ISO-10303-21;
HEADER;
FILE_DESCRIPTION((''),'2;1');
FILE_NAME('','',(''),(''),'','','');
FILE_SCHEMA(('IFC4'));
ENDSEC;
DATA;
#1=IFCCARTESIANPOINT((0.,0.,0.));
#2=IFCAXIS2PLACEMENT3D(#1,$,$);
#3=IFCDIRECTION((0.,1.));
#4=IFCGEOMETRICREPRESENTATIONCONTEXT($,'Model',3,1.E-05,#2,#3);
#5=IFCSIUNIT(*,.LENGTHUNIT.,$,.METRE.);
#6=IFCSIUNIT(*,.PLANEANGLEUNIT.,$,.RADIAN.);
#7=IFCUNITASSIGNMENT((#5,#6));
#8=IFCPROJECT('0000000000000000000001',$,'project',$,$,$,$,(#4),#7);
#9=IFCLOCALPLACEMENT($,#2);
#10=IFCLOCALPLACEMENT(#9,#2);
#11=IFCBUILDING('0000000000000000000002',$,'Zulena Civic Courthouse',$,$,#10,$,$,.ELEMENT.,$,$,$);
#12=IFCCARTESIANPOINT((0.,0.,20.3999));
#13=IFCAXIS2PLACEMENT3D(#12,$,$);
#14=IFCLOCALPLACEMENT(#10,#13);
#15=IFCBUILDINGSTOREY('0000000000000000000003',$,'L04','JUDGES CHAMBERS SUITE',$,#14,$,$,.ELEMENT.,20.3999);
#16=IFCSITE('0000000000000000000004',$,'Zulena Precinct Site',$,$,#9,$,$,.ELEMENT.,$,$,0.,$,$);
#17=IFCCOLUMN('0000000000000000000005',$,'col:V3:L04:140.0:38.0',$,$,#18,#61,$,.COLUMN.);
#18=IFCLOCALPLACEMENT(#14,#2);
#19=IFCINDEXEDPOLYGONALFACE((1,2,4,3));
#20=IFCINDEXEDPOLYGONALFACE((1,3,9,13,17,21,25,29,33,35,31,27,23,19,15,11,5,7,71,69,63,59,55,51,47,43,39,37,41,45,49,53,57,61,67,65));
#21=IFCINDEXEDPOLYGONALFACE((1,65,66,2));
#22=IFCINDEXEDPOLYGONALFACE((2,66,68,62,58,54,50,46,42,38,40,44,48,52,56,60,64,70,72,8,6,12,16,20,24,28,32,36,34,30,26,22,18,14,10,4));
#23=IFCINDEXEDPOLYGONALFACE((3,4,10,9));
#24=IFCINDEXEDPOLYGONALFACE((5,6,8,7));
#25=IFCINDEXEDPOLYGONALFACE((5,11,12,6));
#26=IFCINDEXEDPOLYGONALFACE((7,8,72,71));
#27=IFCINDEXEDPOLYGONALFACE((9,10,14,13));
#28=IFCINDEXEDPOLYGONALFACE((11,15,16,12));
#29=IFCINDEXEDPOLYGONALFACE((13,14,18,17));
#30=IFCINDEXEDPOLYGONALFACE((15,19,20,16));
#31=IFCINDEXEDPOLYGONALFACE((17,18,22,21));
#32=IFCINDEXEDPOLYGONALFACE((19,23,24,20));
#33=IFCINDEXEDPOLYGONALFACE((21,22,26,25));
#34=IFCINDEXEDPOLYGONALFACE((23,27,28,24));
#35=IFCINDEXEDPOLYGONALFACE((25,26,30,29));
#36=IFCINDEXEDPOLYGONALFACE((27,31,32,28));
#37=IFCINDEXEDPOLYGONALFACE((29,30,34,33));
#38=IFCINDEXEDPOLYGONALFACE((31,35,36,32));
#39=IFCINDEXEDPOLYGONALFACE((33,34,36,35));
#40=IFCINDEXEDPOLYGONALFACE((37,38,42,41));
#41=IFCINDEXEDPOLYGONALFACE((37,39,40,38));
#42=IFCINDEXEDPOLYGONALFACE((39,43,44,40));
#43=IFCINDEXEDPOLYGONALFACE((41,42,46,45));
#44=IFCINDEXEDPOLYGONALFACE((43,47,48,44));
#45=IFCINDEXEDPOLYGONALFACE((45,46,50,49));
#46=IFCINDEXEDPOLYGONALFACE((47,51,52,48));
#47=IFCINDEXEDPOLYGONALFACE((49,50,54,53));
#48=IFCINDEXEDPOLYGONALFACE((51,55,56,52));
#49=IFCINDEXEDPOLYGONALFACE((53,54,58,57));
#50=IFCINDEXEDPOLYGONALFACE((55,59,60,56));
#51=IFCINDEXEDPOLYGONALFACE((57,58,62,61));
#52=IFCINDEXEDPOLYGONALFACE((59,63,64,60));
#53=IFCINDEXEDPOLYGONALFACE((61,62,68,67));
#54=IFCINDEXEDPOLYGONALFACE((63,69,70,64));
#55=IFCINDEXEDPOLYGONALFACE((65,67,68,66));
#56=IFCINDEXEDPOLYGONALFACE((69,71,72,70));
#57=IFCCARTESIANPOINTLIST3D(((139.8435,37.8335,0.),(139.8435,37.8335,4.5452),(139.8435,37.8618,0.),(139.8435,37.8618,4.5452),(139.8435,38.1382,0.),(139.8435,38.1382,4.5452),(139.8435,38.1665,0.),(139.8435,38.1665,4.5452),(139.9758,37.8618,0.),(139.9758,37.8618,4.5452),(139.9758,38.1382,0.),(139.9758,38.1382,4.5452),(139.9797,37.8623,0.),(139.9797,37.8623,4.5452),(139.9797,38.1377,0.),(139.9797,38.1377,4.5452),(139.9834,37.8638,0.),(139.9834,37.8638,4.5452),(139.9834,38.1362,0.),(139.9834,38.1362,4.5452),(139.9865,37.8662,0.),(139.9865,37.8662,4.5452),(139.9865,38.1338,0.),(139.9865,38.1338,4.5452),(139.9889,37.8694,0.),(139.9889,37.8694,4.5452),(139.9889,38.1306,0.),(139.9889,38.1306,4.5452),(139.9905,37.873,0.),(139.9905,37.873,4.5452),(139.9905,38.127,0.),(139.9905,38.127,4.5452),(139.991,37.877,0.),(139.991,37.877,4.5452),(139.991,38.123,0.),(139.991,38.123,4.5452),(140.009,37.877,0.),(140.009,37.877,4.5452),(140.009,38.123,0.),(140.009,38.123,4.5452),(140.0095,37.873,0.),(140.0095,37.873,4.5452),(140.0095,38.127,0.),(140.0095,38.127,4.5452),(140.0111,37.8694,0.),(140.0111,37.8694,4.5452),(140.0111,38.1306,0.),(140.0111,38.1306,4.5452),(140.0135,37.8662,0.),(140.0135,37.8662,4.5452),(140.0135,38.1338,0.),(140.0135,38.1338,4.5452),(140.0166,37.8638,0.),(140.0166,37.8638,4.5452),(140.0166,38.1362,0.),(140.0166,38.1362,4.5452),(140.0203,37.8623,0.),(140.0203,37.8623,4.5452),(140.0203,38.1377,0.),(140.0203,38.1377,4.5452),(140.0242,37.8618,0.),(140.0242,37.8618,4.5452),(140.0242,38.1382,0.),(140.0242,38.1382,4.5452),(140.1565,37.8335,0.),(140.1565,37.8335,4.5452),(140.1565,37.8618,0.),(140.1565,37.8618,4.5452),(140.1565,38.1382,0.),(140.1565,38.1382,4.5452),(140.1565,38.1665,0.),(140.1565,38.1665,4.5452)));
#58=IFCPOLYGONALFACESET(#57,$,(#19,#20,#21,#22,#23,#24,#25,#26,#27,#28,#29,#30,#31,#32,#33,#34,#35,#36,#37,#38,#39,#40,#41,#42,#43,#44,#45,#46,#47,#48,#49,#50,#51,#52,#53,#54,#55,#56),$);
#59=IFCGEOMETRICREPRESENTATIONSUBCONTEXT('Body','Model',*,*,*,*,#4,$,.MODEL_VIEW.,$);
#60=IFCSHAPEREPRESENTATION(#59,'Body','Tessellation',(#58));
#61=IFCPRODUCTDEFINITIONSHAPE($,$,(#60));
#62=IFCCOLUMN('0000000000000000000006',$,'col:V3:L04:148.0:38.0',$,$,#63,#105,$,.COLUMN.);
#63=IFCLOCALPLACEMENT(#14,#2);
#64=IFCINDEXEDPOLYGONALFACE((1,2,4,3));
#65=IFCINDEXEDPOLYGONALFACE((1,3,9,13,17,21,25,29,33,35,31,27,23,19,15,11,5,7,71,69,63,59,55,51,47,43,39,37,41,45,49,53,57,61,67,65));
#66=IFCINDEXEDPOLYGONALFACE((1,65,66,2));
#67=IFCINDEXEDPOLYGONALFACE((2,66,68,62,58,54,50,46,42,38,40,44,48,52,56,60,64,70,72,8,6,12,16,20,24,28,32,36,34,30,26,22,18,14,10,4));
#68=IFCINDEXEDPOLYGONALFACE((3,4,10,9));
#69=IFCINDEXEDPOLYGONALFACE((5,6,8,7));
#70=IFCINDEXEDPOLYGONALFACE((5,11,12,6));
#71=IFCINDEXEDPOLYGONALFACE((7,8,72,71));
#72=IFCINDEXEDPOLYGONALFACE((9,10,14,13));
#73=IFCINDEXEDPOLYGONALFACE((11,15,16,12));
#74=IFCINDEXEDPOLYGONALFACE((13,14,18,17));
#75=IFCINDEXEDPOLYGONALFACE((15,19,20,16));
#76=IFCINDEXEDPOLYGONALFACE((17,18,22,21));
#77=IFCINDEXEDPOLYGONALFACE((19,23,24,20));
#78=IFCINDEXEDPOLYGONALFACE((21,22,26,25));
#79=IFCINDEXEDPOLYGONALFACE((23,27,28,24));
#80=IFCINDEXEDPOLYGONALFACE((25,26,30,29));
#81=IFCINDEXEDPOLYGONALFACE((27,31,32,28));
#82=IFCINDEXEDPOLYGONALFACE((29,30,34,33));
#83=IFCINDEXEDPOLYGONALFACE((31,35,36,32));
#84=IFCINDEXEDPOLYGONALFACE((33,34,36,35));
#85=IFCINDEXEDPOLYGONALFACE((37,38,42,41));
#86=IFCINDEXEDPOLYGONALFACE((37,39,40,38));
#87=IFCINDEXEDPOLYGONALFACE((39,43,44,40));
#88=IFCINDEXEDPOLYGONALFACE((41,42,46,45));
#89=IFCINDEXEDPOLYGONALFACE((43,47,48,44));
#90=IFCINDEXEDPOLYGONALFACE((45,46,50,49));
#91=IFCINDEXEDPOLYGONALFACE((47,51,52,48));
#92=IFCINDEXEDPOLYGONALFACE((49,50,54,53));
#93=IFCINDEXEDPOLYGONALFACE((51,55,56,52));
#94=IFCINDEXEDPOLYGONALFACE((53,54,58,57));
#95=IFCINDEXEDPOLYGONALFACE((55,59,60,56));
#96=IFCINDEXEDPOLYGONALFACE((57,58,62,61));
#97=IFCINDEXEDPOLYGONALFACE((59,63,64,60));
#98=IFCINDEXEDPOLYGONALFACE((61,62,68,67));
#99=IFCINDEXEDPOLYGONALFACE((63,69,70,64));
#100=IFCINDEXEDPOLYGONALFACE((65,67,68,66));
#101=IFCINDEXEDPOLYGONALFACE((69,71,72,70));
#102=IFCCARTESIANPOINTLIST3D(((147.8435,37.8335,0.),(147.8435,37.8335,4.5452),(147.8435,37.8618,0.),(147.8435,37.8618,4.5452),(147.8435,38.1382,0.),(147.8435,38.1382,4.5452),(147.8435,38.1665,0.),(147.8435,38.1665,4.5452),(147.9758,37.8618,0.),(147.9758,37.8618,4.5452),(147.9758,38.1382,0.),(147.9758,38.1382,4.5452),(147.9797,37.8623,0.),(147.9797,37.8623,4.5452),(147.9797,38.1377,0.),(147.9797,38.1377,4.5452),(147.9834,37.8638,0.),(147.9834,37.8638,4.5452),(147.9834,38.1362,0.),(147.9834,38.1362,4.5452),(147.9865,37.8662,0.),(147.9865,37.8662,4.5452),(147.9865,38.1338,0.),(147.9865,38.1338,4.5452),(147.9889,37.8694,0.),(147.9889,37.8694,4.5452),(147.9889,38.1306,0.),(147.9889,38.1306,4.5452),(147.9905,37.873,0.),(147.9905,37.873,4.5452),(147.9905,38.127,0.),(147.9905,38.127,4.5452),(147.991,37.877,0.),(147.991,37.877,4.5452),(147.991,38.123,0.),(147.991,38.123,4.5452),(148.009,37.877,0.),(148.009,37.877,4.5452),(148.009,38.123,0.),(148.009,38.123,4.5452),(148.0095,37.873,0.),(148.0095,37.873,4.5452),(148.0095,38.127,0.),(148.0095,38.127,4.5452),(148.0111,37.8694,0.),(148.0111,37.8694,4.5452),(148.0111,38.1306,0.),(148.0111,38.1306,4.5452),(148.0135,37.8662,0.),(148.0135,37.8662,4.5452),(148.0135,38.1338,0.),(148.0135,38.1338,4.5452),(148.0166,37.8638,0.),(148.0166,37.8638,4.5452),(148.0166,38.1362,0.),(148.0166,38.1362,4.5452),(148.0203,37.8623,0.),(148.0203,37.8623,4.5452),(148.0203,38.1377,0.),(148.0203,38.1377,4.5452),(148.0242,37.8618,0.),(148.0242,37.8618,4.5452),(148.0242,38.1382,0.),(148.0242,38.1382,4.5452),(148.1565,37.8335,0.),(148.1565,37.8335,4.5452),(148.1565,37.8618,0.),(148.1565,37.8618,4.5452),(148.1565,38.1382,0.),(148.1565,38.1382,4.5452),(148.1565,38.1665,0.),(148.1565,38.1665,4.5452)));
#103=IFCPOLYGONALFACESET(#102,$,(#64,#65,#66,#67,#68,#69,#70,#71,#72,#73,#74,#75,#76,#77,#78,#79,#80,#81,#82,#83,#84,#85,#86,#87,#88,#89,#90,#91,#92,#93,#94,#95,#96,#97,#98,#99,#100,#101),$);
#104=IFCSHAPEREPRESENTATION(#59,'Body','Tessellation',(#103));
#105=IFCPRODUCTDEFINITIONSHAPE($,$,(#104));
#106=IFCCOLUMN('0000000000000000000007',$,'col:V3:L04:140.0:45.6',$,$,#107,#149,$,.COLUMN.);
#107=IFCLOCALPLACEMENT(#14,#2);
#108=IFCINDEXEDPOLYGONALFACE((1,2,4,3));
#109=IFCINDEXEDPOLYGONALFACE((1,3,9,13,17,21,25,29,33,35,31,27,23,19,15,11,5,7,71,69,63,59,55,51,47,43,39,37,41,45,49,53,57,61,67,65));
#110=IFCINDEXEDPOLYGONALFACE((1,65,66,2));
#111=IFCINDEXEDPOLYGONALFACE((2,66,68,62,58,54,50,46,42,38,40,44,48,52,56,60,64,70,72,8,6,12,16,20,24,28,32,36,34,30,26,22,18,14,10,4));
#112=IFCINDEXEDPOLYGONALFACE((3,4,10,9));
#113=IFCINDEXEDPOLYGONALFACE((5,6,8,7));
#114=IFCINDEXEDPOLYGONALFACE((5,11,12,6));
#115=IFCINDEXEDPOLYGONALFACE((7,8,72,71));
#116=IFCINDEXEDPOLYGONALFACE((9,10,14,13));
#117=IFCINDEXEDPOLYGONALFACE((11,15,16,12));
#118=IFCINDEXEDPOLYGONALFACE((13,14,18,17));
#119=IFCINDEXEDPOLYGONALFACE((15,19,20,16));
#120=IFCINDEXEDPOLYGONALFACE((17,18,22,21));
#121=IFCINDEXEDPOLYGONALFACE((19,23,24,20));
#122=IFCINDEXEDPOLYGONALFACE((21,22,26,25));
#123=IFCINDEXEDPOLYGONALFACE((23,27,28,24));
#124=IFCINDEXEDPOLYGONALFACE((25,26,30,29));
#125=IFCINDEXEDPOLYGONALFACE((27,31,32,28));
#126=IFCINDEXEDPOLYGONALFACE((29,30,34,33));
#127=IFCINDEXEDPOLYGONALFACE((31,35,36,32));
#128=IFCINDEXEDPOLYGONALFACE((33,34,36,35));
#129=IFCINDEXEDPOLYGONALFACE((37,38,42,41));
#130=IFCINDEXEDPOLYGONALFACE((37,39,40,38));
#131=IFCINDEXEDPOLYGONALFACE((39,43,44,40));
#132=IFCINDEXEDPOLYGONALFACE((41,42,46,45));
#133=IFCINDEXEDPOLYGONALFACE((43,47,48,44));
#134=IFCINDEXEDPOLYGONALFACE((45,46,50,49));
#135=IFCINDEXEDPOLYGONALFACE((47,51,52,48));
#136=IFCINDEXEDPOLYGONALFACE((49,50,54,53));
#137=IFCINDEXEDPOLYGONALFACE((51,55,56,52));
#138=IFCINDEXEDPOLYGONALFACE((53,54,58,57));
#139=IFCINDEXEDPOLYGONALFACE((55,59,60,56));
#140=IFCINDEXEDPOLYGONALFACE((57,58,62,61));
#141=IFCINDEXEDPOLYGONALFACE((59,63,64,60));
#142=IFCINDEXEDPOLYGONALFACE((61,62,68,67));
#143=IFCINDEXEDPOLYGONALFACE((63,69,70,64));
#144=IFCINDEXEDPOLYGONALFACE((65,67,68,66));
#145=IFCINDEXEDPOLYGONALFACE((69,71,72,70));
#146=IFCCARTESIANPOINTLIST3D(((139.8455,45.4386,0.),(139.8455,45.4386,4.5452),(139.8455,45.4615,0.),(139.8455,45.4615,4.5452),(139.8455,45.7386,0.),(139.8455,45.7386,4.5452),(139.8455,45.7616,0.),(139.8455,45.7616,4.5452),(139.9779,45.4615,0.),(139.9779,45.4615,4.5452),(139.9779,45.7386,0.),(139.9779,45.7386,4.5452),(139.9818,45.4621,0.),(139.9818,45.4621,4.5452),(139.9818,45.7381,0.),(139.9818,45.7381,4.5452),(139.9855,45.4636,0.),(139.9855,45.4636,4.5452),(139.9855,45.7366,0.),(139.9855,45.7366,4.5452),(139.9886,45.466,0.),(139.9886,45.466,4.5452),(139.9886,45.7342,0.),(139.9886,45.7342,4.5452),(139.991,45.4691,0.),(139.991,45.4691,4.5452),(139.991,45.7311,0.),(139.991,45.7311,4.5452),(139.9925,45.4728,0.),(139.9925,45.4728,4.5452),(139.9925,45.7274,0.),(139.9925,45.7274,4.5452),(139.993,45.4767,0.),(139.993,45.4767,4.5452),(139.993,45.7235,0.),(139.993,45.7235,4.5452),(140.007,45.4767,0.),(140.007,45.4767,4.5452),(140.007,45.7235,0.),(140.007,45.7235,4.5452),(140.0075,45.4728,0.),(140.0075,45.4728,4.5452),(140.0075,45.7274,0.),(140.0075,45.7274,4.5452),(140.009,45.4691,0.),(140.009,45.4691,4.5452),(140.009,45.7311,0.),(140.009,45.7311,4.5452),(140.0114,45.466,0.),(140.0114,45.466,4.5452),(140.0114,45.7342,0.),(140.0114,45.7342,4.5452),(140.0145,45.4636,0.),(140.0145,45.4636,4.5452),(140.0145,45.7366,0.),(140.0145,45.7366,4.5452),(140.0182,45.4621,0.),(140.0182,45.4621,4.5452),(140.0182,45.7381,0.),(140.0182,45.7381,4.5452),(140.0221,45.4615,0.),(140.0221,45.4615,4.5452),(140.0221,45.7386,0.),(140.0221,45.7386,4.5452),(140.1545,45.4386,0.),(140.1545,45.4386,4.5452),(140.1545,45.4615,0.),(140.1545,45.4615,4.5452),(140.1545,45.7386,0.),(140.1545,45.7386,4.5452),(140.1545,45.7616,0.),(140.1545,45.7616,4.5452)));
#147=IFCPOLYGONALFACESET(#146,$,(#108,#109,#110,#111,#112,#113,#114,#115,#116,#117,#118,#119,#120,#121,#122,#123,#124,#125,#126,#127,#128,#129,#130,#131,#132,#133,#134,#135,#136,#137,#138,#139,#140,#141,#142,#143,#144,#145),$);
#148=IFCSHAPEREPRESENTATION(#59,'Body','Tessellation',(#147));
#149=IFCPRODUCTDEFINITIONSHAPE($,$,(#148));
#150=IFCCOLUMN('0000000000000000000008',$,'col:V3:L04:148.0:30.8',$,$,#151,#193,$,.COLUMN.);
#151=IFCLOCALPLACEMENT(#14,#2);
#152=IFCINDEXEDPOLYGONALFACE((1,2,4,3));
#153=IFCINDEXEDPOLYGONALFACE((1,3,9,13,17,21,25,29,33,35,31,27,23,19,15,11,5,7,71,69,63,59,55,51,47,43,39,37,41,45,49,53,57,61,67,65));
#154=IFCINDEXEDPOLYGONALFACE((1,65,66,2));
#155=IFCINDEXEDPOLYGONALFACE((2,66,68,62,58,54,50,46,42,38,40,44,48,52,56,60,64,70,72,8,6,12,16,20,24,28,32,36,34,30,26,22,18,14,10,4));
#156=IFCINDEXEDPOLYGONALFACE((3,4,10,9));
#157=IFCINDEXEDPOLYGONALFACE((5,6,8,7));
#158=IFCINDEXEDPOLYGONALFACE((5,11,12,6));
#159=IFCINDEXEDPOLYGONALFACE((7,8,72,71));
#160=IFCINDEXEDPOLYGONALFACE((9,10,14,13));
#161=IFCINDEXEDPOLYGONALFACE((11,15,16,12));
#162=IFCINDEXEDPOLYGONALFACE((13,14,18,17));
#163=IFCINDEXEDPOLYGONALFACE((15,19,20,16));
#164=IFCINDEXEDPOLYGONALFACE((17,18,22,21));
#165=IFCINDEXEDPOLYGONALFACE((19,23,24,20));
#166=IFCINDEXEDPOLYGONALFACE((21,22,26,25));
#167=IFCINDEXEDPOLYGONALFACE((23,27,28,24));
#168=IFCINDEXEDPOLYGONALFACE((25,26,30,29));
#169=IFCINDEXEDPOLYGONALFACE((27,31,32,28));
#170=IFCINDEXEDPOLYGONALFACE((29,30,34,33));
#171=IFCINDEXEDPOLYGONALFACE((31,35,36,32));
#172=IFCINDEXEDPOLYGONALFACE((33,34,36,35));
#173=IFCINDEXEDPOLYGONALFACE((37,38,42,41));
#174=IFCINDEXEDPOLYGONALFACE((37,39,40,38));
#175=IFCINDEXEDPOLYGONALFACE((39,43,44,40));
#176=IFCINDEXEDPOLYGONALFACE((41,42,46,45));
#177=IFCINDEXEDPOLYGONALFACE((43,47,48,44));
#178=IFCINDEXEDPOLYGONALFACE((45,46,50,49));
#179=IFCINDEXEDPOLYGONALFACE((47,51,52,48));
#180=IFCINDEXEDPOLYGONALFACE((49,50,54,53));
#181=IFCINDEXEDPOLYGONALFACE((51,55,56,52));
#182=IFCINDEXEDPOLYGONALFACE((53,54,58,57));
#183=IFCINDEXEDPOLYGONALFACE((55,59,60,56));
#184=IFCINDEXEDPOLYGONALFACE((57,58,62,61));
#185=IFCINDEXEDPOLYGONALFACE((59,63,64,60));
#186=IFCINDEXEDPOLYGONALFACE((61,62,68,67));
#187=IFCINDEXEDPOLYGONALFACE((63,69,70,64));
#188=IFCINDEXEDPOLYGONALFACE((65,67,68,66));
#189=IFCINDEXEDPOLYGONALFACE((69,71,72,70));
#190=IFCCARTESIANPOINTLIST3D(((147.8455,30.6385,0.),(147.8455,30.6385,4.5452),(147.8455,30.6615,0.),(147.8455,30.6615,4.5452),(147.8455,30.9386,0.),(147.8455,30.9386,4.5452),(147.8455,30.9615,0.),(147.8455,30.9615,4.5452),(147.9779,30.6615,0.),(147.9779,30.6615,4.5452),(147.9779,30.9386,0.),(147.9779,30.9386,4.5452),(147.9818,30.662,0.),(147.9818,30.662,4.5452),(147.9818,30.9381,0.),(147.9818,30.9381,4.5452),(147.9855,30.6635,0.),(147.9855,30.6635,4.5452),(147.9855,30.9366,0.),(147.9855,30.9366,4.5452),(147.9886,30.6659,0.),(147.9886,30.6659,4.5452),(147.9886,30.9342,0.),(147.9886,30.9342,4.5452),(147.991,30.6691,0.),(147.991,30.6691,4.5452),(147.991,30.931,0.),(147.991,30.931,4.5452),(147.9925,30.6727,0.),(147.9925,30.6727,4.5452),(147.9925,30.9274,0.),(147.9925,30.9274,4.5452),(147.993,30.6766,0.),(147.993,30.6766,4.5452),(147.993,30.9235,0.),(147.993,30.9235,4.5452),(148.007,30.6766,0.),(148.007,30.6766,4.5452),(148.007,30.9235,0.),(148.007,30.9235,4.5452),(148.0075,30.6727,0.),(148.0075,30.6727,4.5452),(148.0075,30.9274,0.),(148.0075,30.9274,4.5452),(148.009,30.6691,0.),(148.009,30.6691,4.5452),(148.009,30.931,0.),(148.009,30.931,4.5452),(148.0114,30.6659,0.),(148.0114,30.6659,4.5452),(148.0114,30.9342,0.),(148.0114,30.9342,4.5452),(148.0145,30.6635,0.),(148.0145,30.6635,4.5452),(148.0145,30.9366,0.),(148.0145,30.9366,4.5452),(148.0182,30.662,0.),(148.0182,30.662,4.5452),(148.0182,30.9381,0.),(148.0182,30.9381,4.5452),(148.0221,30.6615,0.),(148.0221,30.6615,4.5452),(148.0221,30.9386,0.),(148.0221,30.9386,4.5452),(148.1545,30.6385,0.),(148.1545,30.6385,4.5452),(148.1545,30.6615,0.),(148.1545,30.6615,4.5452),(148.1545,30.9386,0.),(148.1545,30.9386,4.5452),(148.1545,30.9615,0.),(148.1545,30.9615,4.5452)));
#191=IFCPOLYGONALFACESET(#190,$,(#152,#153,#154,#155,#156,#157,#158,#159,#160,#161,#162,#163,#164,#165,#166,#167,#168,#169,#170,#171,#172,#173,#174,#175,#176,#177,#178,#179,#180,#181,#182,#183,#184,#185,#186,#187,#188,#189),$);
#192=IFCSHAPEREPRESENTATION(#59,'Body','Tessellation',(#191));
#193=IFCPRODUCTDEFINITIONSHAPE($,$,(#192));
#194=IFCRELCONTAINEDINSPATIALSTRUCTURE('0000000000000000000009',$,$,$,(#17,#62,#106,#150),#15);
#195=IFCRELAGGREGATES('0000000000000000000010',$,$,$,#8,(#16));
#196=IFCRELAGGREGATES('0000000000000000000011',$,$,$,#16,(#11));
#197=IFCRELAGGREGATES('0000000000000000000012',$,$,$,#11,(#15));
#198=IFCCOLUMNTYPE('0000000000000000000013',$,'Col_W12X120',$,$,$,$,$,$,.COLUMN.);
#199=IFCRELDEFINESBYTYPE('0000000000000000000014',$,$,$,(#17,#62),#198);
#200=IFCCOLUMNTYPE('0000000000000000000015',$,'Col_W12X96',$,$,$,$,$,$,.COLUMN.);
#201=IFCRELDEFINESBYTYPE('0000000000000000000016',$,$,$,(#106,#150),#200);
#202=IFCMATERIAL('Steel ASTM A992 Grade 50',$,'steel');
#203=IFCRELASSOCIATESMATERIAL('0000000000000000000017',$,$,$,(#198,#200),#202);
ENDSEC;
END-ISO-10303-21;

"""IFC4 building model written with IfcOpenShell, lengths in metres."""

from ifc_helpers import new_model, si_unit, direction, frame, origin, origin_2d, place, context, subcontext, project, spatial, i_section, extrude, material, material_profile, profile_set, type_object, element, save


model = new_model("IFC4")

# Units and contexts
model_context = context("Model", 3, precision=1e-05, world=origin(), true_north=direction((0.0, 1.0)))
body_context = subcontext(model_context, "Body", "Model", "MODEL_VIEW")
ifc_project = project(units=[si_unit("LENGTHUNIT", "METRE"), si_unit("PLANEANGLEUNIT", "RADIAN")], contexts=[model_context])

# Site, building, storey
site_placement = place(None, origin())
site = spatial("IfcSite", under=ifc_project, at=site_placement, Name="Zulena Precinct Site", CompositionType="ELEMENT", RefElevation=0.0)
building_placement = place(site_placement, origin())
building = spatial("IfcBuilding", under=site, at=building_placement, Name="Zulena Civic Courthouse", CompositionType="ELEMENT")
storey_placement = place(building_placement, frame((0.0, 0.0, 20.3999)))
storey = spatial("IfcBuildingStorey", under=building, at=storey_placement, Name="L04", Description="JUDGES CHAMBERS SUITE", CompositionType="ELEMENT", Elevation=20.3999)

# Columns
ifc_material_1 = material(Name="Steel ASTM A992 Grade 50", Category="steel")
ifc_material_profile_1 = material_profile(ifc_material_1, i_section(OverallWidth=0.313, OverallDepth=0.333, WebThickness=0.0181, FlangeThickness=0.0283, FilletRadius=0.0151, at=origin_2d()), Name="W12X120")
ifc_profile_set_1 = profile_set([ifc_material_profile_1], Name="Steel ASTM A992 Grade 50")
column_type_1 = type_object("IfcColumnType", Name="Col_W12X120", PredefinedType="COLUMN", material=ifc_profile_set_1)
for number, where, z_axis, x_axis, name in (
    (1, (140.0, 38.0, 0.0), (0.0, 0.0, 1.0), (1.0, 0.0, 0.0), "col:V3:L04:140.0:38.0"),
    (2, (148.0, 38.0, 0.0), (0.0, 0.0, 1.0), (1.0, 0.0, 0.0), "col:V3:L04:148.0:38.0"),
):
    element("IfcColumn", number, at=place(storey_placement, frame(where, z_axis=z_axis, x_axis=x_axis)), inside=storey, type_object=column_type_1, Name=name, PredefinedType="COLUMN", context=body_context, shape_type="SweptSolid", body=[
        extrude(i_section(OverallWidth=0.313, OverallDepth=0.333, WebThickness=0.0181, FlangeThickness=0.0283, FilletRadius=0.0151, at=origin_2d()), origin(), (0.0, 0.0, 1.0), 4.5452),
    ])
ifc_material_profile_2 = material_profile(ifc_material_1, i_section(OverallWidth=0.3091, OverallDepth=0.323, WebThickness=0.0139, FlangeThickness=0.0229, FilletRadius=0.0151, at=origin_2d()), Name="W12X96")
ifc_profile_set_2 = profile_set([ifc_material_profile_2], Name="Steel ASTM A992 Grade 50")
column_type_2 = type_object("IfcColumnType", Name="Col_W12X96", PredefinedType="COLUMN", material=ifc_profile_set_2)
for number, where, z_axis, x_axis, name in (
    (3, (140.0, 45.6001, 0.0), (0.0, 0.0, 1.0), (1.0, 0.0, 0.0), "col:V3:L04:140.0:45.6"),
    (4, (148.0, 30.8, 0.0), (0.0, 0.0, 1.0), (1.0, 0.0, 0.0), "col:V3:L04:148.0:30.8"),
):
    element("IfcColumn", number, at=place(storey_placement, frame(where, z_axis=z_axis, x_axis=x_axis)), inside=storey, type_object=column_type_2, Name=name, PredefinedType="COLUMN", context=body_context, shape_type="SweptSolid", body=[
        extrude(i_section(OverallWidth=0.3091, OverallDepth=0.323, WebThickness=0.0139, FlangeThickness=0.0229, FilletRadius=0.0151, at=origin_2d()), origin(), (0.0, 0.0, 1.0), 4.5452),
    ])

save(model, "model.ifc")
